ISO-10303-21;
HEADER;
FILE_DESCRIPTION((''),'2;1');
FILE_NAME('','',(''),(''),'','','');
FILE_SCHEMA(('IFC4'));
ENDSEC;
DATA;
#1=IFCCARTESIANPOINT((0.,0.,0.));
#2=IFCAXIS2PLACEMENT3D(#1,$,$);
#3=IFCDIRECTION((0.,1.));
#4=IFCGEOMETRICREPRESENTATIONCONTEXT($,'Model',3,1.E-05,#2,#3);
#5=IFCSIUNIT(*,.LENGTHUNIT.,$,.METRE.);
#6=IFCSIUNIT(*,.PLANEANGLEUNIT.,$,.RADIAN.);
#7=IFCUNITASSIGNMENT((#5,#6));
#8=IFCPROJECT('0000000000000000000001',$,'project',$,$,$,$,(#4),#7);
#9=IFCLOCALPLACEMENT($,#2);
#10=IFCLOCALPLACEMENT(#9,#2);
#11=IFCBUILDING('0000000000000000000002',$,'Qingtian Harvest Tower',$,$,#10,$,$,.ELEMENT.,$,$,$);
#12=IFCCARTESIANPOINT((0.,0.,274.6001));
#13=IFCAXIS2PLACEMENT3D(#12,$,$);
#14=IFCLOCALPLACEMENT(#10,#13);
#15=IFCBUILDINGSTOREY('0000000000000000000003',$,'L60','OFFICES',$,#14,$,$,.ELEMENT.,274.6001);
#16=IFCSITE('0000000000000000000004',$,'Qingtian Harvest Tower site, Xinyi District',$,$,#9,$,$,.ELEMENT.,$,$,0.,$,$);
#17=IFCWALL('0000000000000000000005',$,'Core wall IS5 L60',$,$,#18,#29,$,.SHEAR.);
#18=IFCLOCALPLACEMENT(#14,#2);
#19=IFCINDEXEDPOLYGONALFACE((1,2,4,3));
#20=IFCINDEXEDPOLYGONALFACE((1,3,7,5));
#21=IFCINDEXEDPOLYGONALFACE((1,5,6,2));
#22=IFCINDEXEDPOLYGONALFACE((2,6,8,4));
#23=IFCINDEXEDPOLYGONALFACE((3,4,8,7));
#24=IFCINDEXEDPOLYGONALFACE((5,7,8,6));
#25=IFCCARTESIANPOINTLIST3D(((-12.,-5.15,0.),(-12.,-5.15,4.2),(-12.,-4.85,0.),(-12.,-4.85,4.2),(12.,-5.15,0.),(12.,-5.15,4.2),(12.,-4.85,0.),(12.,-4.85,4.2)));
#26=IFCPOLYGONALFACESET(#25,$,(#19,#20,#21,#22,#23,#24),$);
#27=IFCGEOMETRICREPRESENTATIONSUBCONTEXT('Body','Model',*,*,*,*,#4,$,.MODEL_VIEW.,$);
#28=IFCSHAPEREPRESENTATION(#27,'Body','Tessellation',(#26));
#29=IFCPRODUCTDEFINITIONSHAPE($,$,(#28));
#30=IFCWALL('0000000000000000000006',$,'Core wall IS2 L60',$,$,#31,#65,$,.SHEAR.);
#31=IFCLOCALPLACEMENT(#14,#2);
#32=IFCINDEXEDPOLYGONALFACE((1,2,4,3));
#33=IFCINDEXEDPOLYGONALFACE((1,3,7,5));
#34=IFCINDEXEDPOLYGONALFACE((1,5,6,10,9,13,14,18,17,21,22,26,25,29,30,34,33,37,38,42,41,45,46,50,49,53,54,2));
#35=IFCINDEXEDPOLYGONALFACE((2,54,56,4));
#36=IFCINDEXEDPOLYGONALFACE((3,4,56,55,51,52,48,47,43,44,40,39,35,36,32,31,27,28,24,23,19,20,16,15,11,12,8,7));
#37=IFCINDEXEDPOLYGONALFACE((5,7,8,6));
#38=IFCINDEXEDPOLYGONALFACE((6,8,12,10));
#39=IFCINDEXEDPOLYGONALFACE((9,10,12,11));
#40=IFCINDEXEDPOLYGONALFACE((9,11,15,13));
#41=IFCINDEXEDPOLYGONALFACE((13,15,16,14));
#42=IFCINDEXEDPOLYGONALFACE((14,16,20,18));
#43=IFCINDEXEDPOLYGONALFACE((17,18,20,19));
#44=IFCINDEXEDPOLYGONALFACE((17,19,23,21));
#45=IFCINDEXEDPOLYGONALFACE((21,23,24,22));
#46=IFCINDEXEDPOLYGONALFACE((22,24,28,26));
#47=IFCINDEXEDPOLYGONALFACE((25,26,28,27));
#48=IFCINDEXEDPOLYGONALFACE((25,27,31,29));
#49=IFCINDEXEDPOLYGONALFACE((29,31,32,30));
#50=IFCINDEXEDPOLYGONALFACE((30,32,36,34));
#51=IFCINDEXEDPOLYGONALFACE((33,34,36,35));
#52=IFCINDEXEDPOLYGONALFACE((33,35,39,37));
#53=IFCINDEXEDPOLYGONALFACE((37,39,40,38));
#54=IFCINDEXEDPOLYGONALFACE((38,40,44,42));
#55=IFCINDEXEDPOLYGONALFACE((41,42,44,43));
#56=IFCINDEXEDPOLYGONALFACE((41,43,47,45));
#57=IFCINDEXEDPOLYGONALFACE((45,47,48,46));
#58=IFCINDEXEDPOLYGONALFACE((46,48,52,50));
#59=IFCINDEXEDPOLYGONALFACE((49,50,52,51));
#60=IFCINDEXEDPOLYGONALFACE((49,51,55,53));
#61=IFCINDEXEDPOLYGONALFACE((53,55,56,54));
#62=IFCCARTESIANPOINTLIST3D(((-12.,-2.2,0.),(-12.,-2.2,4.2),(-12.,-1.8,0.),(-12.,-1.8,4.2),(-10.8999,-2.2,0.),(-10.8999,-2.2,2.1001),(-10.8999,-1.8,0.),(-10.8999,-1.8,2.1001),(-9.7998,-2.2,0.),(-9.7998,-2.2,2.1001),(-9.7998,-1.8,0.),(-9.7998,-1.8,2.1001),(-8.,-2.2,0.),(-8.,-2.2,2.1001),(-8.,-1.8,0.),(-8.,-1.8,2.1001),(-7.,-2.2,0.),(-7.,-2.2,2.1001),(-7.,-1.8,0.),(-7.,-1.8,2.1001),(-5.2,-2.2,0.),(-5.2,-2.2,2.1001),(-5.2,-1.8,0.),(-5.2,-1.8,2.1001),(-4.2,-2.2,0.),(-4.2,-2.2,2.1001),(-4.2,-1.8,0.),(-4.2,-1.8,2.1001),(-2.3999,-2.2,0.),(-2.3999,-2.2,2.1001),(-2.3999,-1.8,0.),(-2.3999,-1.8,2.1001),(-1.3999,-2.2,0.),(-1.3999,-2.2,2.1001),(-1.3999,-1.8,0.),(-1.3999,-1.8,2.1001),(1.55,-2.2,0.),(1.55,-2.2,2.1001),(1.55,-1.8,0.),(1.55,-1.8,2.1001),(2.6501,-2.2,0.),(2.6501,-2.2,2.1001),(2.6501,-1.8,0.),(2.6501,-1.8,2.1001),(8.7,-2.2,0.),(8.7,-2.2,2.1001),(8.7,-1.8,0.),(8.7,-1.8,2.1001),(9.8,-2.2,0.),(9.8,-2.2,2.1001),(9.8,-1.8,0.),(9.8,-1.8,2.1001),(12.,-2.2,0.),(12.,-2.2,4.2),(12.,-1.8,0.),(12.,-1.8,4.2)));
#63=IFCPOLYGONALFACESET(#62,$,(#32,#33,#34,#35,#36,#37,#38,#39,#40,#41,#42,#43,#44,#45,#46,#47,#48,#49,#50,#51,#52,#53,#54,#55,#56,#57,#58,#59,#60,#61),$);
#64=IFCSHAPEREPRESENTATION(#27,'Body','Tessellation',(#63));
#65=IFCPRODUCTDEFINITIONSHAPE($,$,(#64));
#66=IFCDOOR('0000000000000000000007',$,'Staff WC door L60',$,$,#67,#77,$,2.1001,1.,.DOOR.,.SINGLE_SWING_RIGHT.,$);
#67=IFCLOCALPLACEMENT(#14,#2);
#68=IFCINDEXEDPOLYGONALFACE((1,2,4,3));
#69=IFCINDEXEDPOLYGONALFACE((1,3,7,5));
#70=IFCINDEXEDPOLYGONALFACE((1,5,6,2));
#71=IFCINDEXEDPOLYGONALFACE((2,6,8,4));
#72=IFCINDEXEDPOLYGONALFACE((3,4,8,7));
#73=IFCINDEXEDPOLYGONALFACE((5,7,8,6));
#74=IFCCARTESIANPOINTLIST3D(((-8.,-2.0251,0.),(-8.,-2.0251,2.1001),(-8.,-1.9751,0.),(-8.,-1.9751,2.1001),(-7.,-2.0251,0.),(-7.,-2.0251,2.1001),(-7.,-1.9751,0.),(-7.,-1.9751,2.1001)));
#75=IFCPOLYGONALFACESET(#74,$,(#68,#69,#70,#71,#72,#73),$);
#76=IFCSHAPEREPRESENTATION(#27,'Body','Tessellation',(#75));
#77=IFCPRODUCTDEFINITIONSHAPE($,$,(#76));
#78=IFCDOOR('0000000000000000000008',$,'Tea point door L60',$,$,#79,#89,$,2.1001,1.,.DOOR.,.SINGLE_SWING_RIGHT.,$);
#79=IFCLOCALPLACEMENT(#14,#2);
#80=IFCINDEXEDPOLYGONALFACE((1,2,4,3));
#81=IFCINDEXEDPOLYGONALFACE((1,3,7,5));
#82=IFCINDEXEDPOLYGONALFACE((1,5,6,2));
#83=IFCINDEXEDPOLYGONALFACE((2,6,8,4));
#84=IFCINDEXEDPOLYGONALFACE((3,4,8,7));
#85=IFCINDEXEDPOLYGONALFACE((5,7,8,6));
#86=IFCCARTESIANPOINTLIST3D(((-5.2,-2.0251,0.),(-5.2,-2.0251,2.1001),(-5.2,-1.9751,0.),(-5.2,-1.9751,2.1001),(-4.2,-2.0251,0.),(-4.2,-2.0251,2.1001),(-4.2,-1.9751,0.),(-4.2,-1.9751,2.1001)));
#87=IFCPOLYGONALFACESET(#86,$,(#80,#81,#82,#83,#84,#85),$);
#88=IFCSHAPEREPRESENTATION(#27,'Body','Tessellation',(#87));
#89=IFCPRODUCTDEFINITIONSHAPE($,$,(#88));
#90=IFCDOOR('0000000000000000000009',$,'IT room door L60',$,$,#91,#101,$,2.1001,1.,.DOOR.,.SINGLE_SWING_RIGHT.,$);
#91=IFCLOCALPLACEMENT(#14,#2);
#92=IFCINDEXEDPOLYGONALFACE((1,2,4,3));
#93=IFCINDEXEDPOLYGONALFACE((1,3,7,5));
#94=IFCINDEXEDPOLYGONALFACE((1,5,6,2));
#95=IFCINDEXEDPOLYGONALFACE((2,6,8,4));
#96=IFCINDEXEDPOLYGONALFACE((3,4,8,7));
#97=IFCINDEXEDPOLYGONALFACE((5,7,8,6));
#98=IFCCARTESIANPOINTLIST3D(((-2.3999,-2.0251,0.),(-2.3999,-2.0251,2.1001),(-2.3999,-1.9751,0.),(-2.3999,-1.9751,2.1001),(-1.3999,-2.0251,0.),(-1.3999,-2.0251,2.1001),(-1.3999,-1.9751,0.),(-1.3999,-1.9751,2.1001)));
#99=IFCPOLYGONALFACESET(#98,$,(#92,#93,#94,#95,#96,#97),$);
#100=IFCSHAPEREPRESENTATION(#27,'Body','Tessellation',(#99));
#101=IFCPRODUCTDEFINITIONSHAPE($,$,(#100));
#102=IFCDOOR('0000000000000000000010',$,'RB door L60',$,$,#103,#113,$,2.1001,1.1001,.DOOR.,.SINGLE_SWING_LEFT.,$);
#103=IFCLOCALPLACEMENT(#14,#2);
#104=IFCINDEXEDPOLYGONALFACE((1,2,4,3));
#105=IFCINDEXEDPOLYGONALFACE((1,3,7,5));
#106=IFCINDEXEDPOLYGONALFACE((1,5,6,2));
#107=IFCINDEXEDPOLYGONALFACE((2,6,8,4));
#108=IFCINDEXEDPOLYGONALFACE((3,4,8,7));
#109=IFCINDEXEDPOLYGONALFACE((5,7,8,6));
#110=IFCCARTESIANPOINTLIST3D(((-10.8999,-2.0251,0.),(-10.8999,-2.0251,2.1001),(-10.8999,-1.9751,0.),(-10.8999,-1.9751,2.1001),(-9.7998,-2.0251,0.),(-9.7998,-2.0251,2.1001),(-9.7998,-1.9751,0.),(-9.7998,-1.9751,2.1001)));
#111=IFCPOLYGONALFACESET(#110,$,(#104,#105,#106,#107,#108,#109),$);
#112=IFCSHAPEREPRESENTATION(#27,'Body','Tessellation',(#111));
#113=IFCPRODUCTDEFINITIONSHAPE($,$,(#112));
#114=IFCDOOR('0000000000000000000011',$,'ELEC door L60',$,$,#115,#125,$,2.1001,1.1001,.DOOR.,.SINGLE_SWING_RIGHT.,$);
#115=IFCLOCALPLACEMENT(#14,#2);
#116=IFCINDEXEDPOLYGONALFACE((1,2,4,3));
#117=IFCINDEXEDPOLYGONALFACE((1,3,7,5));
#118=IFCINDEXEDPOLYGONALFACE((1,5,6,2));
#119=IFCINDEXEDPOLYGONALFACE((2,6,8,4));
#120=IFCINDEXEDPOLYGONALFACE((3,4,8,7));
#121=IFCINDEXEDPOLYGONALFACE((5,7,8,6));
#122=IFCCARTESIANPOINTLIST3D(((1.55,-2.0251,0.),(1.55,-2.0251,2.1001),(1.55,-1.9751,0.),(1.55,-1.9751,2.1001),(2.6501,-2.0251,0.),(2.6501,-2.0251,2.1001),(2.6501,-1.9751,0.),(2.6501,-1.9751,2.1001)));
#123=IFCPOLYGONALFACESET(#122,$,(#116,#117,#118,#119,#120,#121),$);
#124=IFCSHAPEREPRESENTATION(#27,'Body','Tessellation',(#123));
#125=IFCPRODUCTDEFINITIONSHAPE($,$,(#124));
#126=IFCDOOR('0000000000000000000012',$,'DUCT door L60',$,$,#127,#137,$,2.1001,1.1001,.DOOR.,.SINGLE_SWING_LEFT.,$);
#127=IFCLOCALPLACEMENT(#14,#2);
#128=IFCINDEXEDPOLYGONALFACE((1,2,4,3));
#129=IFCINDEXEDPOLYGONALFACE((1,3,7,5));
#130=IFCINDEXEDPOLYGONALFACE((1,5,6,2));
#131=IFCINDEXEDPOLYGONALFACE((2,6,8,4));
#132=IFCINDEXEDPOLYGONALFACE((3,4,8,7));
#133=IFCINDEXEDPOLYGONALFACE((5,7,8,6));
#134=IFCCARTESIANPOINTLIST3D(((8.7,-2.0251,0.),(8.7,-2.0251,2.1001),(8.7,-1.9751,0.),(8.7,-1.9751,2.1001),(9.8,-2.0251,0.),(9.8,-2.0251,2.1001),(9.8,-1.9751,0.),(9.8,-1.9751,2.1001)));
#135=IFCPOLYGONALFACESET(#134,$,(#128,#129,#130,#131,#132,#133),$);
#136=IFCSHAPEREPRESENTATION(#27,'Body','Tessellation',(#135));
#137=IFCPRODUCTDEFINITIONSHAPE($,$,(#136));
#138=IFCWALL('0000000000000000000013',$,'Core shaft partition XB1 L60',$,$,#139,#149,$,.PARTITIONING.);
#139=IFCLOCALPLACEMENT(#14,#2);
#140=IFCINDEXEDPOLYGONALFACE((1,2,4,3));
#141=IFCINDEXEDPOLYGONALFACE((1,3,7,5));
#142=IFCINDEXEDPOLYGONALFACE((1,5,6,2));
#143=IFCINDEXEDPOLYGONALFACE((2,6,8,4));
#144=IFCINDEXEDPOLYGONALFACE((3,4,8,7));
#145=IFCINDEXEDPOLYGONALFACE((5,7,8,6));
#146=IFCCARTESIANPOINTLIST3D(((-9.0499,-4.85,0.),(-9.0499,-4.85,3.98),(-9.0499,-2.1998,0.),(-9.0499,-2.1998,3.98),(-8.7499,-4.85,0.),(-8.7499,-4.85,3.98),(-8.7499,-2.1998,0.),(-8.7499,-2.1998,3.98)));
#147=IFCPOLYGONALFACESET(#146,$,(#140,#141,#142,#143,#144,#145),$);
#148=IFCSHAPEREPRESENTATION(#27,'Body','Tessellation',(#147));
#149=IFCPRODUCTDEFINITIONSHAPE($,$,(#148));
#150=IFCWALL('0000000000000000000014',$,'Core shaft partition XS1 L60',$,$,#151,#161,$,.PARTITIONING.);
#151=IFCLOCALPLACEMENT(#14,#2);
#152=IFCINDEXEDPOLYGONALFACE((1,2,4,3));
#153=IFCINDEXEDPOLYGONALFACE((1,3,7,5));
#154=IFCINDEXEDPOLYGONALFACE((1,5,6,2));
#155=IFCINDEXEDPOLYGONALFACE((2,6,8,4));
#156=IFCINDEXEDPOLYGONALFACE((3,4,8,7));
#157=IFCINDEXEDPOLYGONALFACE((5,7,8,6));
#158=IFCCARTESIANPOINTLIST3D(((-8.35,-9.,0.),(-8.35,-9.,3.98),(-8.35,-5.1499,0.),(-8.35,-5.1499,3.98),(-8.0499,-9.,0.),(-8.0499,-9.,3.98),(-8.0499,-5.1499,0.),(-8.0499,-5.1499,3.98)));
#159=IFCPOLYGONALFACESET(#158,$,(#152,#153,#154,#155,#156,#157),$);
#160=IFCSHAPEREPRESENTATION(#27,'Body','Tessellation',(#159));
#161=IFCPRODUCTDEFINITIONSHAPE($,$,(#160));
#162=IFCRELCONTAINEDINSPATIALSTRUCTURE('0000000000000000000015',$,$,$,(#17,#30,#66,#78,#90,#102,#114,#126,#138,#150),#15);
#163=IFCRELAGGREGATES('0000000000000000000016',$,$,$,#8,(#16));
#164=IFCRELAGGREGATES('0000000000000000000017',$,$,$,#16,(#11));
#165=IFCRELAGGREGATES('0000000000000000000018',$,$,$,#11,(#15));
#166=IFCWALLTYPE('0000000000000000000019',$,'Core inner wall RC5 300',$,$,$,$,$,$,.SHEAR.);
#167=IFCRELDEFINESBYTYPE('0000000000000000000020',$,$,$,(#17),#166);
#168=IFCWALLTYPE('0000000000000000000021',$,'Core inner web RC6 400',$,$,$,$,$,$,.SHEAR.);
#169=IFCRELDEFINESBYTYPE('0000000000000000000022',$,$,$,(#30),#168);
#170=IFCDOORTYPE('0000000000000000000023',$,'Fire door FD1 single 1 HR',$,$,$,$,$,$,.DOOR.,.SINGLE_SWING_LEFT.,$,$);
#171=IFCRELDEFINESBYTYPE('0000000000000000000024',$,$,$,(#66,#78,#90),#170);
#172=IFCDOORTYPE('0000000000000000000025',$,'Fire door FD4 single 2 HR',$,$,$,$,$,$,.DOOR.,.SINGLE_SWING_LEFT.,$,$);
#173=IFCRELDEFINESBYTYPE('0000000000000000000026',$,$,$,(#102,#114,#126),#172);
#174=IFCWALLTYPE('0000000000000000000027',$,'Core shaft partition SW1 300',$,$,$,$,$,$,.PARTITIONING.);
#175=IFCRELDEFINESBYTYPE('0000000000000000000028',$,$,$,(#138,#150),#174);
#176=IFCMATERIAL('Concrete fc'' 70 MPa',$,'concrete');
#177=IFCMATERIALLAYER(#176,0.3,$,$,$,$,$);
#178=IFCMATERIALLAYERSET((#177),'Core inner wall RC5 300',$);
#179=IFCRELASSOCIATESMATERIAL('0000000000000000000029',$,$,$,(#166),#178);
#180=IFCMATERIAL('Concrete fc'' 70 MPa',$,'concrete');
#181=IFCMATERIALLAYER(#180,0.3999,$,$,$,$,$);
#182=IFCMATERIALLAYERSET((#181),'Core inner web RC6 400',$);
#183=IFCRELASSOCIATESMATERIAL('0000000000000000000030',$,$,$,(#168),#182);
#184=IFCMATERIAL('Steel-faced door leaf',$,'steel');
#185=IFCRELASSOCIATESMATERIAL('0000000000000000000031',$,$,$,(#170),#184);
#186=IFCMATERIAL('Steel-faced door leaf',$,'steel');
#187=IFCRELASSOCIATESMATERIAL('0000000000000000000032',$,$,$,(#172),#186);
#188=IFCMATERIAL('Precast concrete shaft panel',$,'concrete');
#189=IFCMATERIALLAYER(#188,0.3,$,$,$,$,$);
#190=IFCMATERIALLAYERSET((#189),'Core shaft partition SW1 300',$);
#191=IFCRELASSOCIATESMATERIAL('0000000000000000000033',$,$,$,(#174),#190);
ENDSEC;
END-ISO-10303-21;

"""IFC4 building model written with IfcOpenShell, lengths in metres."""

from ifc_helpers import new_model, si_unit, direction, frame, frame_2d, origin, place, context, subcontext, project, spatial, rectangle, extrude, material, layer, layer_set, type_object, element, fill, save


model = new_model("IFC4")

# Units and contexts
model_context = context("Model", 3, precision=1e-05, world=origin(), true_north=direction((0.0, 1.0)))
body_context = subcontext(model_context, "Body", "Model", "MODEL_VIEW")
ifc_project = project(units=[si_unit("LENGTHUNIT", "METRE"), si_unit("PLANEANGLEUNIT", "RADIAN")], contexts=[model_context])

# Site, building, storey
site_placement = place(None, origin())
site = spatial("IfcSite", under=ifc_project, at=site_placement, Name="Qingtian Harvest Tower site, Xinyi District", CompositionType="ELEMENT", RefElevation=0.0)
building_placement = place(site_placement, origin())
building = spatial("IfcBuilding", under=site, at=building_placement, Name="Qingtian Harvest Tower", CompositionType="ELEMENT")
storey_placement = place(building_placement, frame((0.0, 0.0, 274.6001)))
storey = spatial("IfcBuildingStorey", under=building, at=storey_placement, Name="L60", Description="OFFICES", CompositionType="ELEMENT", Elevation=274.6001)

# Wall
ifc_material_1 = material(Name="Concrete fc' 70 MPa", Category="concrete")
ifc_layer_1 = layer(ifc_material_1, 0.3)
ifc_layer_set_1 = layer_set([ifc_layer_1], Name="Core inner wall RC5 300")
wall_type_1 = type_object("IfcWallType", Name="Core inner wall RC5 300", PredefinedType="SHEAR", material=ifc_layer_set_1)
wall_1_placement = place(storey_placement, frame((-12.0, -5.0, 0.0), z_axis=(0.0, 0.0, 1.0), x_axis=(1.0, 0.0, 0.0)))
element("IfcWall", 1, at=wall_1_placement, inside=storey, type_object=wall_type_1, Name="Core wall IS5 L60", PredefinedType="SHEAR", context=body_context, shape_type="SweptSolid", body=[
    extrude(rectangle(XDim=24.0, YDim=0.3, at=frame_2d((12.0, 0.0))), origin(), (0.0, 0.0, 1.0), 4.2),
])

# Wall, openings, doors
ifc_material_2 = material(Name="Concrete fc' 70 MPa", Category="concrete")
ifc_layer_2 = layer(ifc_material_2, 0.3999)
ifc_layer_set_2 = layer_set([ifc_layer_2], Name="Core inner web RC6 400")
wall_type_2 = type_object("IfcWallType", Name="Core inner web RC6 400", PredefinedType="SHEAR", material=ifc_layer_set_2)
wall_2_placement = place(storey_placement, frame((-12.0, -2.0, 0.0), z_axis=(0.0, 0.0, 1.0), x_axis=(1.0, 0.0, 0.0)))
wall_2 = element("IfcWall", 2, at=wall_2_placement, inside=storey, type_object=wall_type_2, Name="Core wall IS2 L60", PredefinedType="SHEAR", context=body_context, shape_type="SweptSolid", body=[
    extrude(rectangle(XDim=24.0, YDim=0.3999, at=frame_2d((12.0, 0.0))), origin(), (0.0, 0.0, 1.0), 4.2),
])
opening_1_placement = place(wall_2_placement, frame((1.1001, 0.0, 0.0)))
opening_1 = element("IfcOpeningElement", 3, at=opening_1_placement, cuts=wall_2, PredefinedType="OPENING", context=body_context, shape_type="SweptSolid", body=[
    extrude(rectangle(XDim=1.1001, YDim=2.1001, at=frame_2d((0.55, 1.05))), frame((0.0, 0.21, 0.0), z_axis=(0.0, -1.0, 0.0), x_axis=(1.0, 0.0, 0.0)), (0.0, 0.0, 1.0), 0.4199),
])
opening_2_placement = place(wall_2_placement, frame((13.55, 0.0, 0.0)))
opening_2 = element("IfcOpeningElement", 4, at=opening_2_placement, cuts=wall_2, PredefinedType="OPENING", context=body_context, shape_type="SweptSolid", body=[
    extrude(rectangle(XDim=1.1001, YDim=2.1001, at=frame_2d((0.55, 1.05))), frame((0.0, 0.21, 0.0), z_axis=(0.0, -1.0, 0.0), x_axis=(1.0, 0.0, 0.0)), (0.0, 0.0, 1.0), 0.4199),
])
opening_3_placement = place(wall_2_placement, frame((20.7, 0.0, 0.0)))
opening_3 = element("IfcOpeningElement", 5, at=opening_3_placement, cuts=wall_2, PredefinedType="OPENING", context=body_context, shape_type="SweptSolid", body=[
    extrude(rectangle(XDim=1.1001, YDim=2.1001, at=frame_2d((0.55, 1.05))), frame((0.0, 0.21, 0.0), z_axis=(0.0, -1.0, 0.0), x_axis=(1.0, 0.0, 0.0)), (0.0, 0.0, 1.0), 0.4199),
])
opening_4_placement = place(wall_2_placement, frame((4.0, 0.0, 0.0)))
opening_4 = element("IfcOpeningElement", 6, at=opening_4_placement, cuts=wall_2, PredefinedType="OPENING", context=body_context, shape_type="SweptSolid", body=[
    extrude(rectangle(XDim=1.0, YDim=2.1001, at=frame_2d((0.5, 1.05))), frame((0.0, 0.21, 0.0), z_axis=(0.0, -1.0, 0.0), x_axis=(1.0, 0.0, 0.0)), (0.0, 0.0, 1.0), 0.4199),
])
opening_5_placement = place(wall_2_placement, frame((6.8, 0.0, 0.0)))
opening_5 = element("IfcOpeningElement", 7, at=opening_5_placement, cuts=wall_2, PredefinedType="OPENING", context=body_context, shape_type="SweptSolid", body=[
    extrude(rectangle(XDim=1.0, YDim=2.1001, at=frame_2d((0.5, 1.05))), frame((0.0, 0.21, 0.0), z_axis=(0.0, -1.0, 0.0), x_axis=(1.0, 0.0, 0.0)), (0.0, 0.0, 1.0), 0.4199),
])
opening_6_placement = place(wall_2_placement, frame((9.6001, 0.0, 0.0)))
opening_6 = element("IfcOpeningElement", 8, at=opening_6_placement, cuts=wall_2, PredefinedType="OPENING", context=body_context, shape_type="SweptSolid", body=[
    extrude(rectangle(XDim=1.0, YDim=2.1001, at=frame_2d((0.5, 1.05))), frame((0.0, 0.21, 0.0), z_axis=(0.0, -1.0, 0.0), x_axis=(1.0, 0.0, 0.0)), (0.0, 0.0, 1.0), 0.4199),
])
ifc_material_3 = material(Name="Steel-faced door leaf", Category="steel")
door_type_1 = type_object("IfcDoorType", Name="Fire door FD1 single 1 HR", OperationType="SINGLE_SWING_LEFT", PredefinedType="DOOR", material=ifc_material_3)
door_1_placement = place(opening_4_placement, origin())
door_1 = element("IfcDoor", 9, at=door_1_placement, inside=storey, type_object=door_type_1, Name="Staff WC door L60", OperationType="SINGLE_SWING_RIGHT", OverallHeight=2.1001, OverallWidth=1.0, PredefinedType="DOOR", context=body_context, shape_type="SweptSolid", body=[
    extrude(rectangle(XDim=1.0, YDim=2.1001, at=frame_2d((0.5, 1.05))), frame((0.0, 0.0249, 0.0), z_axis=(0.0, -1.0, 0.0), x_axis=(1.0, 0.0, 0.0)), (0.0, 0.0, 1.0), 0.05),
])
fill(opening_4, door_1)
door_2_placement = place(opening_5_placement, origin())
door_2 = element("IfcDoor", 10, at=door_2_placement, inside=storey, type_object=door_type_1, Name="Tea point door L60", OperationType="SINGLE_SWING_RIGHT", OverallHeight=2.1001, OverallWidth=1.0, PredefinedType="DOOR", context=body_context, shape_type="SweptSolid", body=[
    extrude(rectangle(XDim=1.0, YDim=2.1001, at=frame_2d((0.5, 1.05))), frame((0.0, 0.0249, 0.0), z_axis=(0.0, -1.0, 0.0), x_axis=(1.0, 0.0, 0.0)), (0.0, 0.0, 1.0), 0.05),
])
fill(opening_5, door_2)
door_3_placement = place(opening_6_placement, origin())
door_3 = element("IfcDoor", 11, at=door_3_placement, inside=storey, type_object=door_type_1, Name="IT room door L60", OperationType="SINGLE_SWING_RIGHT", OverallHeight=2.1001, OverallWidth=1.0, PredefinedType="DOOR", context=body_context, shape_type="SweptSolid", body=[
    extrude(rectangle(XDim=1.0, YDim=2.1001, at=frame_2d((0.5, 1.05))), frame((0.0, 0.0249, 0.0), z_axis=(0.0, -1.0, 0.0), x_axis=(1.0, 0.0, 0.0)), (0.0, 0.0, 1.0), 0.05),
])
fill(opening_6, door_3)
ifc_material_4 = material(Name="Steel-faced door leaf", Category="steel")
door_type_2 = type_object("IfcDoorType", Name="Fire door FD4 single 2 HR", OperationType="SINGLE_SWING_LEFT", PredefinedType="DOOR", material=ifc_material_4)
door_4_placement = place(opening_1_placement, origin())
door_4 = element("IfcDoor", 12, at=door_4_placement, inside=storey, type_object=door_type_2, Name="RB door L60", OperationType="SINGLE_SWING_LEFT", OverallHeight=2.1001, OverallWidth=1.1001, PredefinedType="DOOR", context=body_context, shape_type="SweptSolid", body=[
    extrude(rectangle(XDim=1.1001, YDim=2.1001, at=frame_2d((0.55, 1.05))), frame((0.0, 0.0249, 0.0), z_axis=(0.0, -1.0, 0.0), x_axis=(1.0, 0.0, 0.0)), (0.0, 0.0, 1.0), 0.05),
])
fill(opening_1, door_4)
door_5_placement = place(opening_2_placement, origin())
door_5 = element("IfcDoor", 13, at=door_5_placement, inside=storey, type_object=door_type_2, Name="ELEC door L60", OperationType="SINGLE_SWING_RIGHT", OverallHeight=2.1001, OverallWidth=1.1001, PredefinedType="DOOR", context=body_context, shape_type="SweptSolid", body=[
    extrude(rectangle(XDim=1.1001, YDim=2.1001, at=frame_2d((0.55, 1.05))), frame((0.0, 0.0249, 0.0), z_axis=(0.0, -1.0, 0.0), x_axis=(1.0, 0.0, 0.0)), (0.0, 0.0, 1.0), 0.05),
])
fill(opening_2, door_5)
door_6_placement = place(opening_3_placement, origin())
door_6 = element("IfcDoor", 14, at=door_6_placement, inside=storey, type_object=door_type_2, Name="DUCT door L60", OperationType="SINGLE_SWING_LEFT", OverallHeight=2.1001, OverallWidth=1.1001, PredefinedType="DOOR", context=body_context, shape_type="SweptSolid", body=[
    extrude(rectangle(XDim=1.1001, YDim=2.1001, at=frame_2d((0.55, 1.05))), frame((0.0, 0.0249, 0.0), z_axis=(0.0, -1.0, 0.0), x_axis=(1.0, 0.0, 0.0)), (0.0, 0.0, 1.0), 0.05),
])
fill(opening_3, door_6)

# Walls
ifc_material_5 = material(Name="Precast concrete shaft panel", Category="concrete")
ifc_layer_3 = layer(ifc_material_5, 0.3)
ifc_layer_set_3 = layer_set([ifc_layer_3], Name="Core shaft partition SW1 300")
wall_type_3 = type_object("IfcWallType", Name="Core shaft partition SW1 300", PredefinedType="PARTITIONING", material=ifc_layer_set_3)
wall_3_placement = place(storey_placement, frame((-8.8999, -4.8501, 0.0), z_axis=(0.0, 0.0, 1.0), x_axis=(0.0, 1.0, 0.0)))
element("IfcWall", 15, at=wall_3_placement, inside=storey, type_object=wall_type_3, Name="Core shaft partition XB1 L60", PredefinedType="PARTITIONING", context=body_context, shape_type="SweptSolid", body=[
    extrude(rectangle(XDim=2.6501, YDim=0.3, at=frame_2d((1.3252, 0.0))), origin(), (0.0, 0.0, 1.0), 3.98),
])
wall_4_placement = place(storey_placement, frame((-8.2, -9.0, 0.0), z_axis=(0.0, 0.0, 1.0), x_axis=(0.0, 1.0, 0.0)))
element("IfcWall", 16, at=wall_4_placement, inside=storey, type_object=wall_type_3, Name="Core shaft partition XS1 L60", PredefinedType="PARTITIONING", context=body_context, shape_type="SweptSolid", body=[
    extrude(rectangle(XDim=3.8501, YDim=0.3, at=frame_2d((1.925, 0.0))), origin(), (0.0, 0.0, 1.0), 3.98),
])

save(model, "model.ifc")
